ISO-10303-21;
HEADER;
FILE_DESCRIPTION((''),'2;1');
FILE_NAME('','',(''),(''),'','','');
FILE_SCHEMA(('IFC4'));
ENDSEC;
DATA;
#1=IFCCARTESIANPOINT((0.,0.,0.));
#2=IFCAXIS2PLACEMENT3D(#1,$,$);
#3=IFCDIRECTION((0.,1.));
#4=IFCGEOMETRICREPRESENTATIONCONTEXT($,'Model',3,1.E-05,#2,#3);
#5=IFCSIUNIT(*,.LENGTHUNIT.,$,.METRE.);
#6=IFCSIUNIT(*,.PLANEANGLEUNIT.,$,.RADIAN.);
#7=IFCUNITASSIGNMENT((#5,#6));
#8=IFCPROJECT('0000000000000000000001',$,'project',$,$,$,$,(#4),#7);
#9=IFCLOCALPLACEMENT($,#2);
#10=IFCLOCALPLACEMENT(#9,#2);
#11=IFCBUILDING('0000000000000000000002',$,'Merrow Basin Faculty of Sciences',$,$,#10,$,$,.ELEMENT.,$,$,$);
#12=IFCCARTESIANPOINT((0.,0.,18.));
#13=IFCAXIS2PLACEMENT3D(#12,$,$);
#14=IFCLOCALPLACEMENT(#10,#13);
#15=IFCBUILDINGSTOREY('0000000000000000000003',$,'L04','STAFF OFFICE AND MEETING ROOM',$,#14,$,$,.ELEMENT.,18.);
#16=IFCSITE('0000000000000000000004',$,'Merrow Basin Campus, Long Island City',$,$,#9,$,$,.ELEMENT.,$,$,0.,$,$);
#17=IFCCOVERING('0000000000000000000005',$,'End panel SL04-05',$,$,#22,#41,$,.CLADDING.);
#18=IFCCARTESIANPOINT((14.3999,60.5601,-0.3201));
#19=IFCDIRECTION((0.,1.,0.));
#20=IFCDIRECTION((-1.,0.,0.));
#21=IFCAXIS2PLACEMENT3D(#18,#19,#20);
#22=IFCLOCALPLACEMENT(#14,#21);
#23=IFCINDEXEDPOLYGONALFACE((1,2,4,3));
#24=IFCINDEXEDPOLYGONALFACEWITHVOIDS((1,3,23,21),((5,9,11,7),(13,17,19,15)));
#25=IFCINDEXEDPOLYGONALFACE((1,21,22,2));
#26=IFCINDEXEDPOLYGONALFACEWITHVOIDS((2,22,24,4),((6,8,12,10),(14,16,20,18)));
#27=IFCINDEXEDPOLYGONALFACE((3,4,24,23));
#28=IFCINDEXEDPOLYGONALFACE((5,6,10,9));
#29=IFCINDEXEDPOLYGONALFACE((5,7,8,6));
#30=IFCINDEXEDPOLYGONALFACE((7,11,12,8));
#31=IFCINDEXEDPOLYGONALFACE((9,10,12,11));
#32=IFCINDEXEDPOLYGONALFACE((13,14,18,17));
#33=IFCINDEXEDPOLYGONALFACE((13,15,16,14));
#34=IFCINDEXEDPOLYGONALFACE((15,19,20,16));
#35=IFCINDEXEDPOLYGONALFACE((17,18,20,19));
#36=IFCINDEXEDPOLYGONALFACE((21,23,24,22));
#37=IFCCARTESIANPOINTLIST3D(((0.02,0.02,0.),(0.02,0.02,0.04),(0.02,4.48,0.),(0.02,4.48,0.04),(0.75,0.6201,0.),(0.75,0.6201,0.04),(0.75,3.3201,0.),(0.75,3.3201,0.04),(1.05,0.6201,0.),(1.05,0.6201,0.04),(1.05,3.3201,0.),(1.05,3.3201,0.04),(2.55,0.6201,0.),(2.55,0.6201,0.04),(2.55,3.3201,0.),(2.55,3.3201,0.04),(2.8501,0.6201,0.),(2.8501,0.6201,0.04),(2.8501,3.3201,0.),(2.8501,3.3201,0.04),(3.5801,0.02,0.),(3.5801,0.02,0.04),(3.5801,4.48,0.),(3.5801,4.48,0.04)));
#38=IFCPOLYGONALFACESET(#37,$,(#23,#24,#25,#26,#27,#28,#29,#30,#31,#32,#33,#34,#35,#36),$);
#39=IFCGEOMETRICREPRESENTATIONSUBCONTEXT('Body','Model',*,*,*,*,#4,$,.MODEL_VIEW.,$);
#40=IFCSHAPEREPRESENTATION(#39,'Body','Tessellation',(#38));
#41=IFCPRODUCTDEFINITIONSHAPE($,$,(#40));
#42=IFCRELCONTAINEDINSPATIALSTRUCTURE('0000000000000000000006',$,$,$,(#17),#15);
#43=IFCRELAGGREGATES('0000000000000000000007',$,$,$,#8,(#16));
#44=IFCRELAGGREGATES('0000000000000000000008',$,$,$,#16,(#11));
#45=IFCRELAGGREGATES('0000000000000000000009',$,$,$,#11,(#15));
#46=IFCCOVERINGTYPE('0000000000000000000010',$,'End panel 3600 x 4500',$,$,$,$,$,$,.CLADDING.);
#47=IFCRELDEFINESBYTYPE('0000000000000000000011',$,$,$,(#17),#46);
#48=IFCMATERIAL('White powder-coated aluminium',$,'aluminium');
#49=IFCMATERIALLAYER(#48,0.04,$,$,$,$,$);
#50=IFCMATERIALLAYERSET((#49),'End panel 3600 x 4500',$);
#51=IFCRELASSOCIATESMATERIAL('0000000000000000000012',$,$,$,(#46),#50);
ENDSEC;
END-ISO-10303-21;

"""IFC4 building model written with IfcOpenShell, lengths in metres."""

from ifc_helpers import new_model, si_unit, direction, frame, origin, place, context, subcontext, project, spatial, polyline, outline, extrude, source, transform, mapped, material, layer, layer_set, type_object, element, save


model = new_model("IFC4")

# Units and contexts
model_context = context("Model", 3, precision=1e-05, world=origin(), true_north=direction((0.0, 1.0)))
body_context = subcontext(model_context, "Body", "Model", "MODEL_VIEW")
ifc_project = project(units=[si_unit("LENGTHUNIT", "METRE"), si_unit("PLANEANGLEUNIT", "RADIAN")], contexts=[model_context])

# Site, building, storey
site_placement = place(None, origin())
site = spatial("IfcSite", under=ifc_project, at=site_placement, Name="Merrow Basin Campus, Long Island City", CompositionType="ELEMENT", RefElevation=0.0)
building_placement = place(site_placement, origin())
building = spatial("IfcBuilding", under=site, at=building_placement, Name="Merrow Basin Faculty of Sciences", CompositionType="ELEMENT")
storey_placement = place(building_placement, frame((0.0, 0.0, 18.0)))
storey = spatial("IfcBuildingStorey", under=building, at=storey_placement, Name="L04", Description="STAFF OFFICE AND MEETING ROOM", CompositionType="ELEMENT", Elevation=18.0)

# Covering
ifc_material_1 = material(Name="White powder-coated aluminium", Category="aluminium")
ifc_layer_1 = layer(ifc_material_1, 0.04)
ifc_layer_set_1 = layer_set([ifc_layer_1], Name="End panel 3600 x 4500")
covering_type = type_object("IfcCoveringType", Name="End panel 3600 x 4500", PredefinedType="CLADDING", material=ifc_layer_set_1)
shared_shape_1 = source(origin(), body_context, "Body", "SweptSolid", [
    extrude(outline(polyline([(0.02, 0.02), (3.5801, 0.02), (3.5801, 4.48), (0.02, 4.48), (0.02, 0.02)]), holes=[polyline([(2.55, 0.6201), (2.8501, 0.6201), (2.8501, 3.3201), (2.55, 3.3201), (2.55, 0.6201)]), polyline([(0.75, 0.6201), (1.05, 0.6201), (1.05, 3.3201), (0.75, 3.3201), (0.75, 0.6201)])]), origin(), (0.0, 0.0, 1.0), 0.04),
])
covering_placement = place(storey_placement, frame((14.3999, 60.5601, -0.3201), z_axis=(0.0, 1.0, 0.0), x_axis=(-1.0, 0.0, 0.0)))
element("IfcCovering", 1, at=covering_placement, inside=storey, type_object=covering_type, Name="End panel SL04-05", PredefinedType="CLADDING", context=body_context, shape_type="MappedRepresentation", body=[
    mapped(shared_shape_1, transform((0.0, 0.0, 0.0), scale=1.0)),
])

save(model, "model.ifc")
